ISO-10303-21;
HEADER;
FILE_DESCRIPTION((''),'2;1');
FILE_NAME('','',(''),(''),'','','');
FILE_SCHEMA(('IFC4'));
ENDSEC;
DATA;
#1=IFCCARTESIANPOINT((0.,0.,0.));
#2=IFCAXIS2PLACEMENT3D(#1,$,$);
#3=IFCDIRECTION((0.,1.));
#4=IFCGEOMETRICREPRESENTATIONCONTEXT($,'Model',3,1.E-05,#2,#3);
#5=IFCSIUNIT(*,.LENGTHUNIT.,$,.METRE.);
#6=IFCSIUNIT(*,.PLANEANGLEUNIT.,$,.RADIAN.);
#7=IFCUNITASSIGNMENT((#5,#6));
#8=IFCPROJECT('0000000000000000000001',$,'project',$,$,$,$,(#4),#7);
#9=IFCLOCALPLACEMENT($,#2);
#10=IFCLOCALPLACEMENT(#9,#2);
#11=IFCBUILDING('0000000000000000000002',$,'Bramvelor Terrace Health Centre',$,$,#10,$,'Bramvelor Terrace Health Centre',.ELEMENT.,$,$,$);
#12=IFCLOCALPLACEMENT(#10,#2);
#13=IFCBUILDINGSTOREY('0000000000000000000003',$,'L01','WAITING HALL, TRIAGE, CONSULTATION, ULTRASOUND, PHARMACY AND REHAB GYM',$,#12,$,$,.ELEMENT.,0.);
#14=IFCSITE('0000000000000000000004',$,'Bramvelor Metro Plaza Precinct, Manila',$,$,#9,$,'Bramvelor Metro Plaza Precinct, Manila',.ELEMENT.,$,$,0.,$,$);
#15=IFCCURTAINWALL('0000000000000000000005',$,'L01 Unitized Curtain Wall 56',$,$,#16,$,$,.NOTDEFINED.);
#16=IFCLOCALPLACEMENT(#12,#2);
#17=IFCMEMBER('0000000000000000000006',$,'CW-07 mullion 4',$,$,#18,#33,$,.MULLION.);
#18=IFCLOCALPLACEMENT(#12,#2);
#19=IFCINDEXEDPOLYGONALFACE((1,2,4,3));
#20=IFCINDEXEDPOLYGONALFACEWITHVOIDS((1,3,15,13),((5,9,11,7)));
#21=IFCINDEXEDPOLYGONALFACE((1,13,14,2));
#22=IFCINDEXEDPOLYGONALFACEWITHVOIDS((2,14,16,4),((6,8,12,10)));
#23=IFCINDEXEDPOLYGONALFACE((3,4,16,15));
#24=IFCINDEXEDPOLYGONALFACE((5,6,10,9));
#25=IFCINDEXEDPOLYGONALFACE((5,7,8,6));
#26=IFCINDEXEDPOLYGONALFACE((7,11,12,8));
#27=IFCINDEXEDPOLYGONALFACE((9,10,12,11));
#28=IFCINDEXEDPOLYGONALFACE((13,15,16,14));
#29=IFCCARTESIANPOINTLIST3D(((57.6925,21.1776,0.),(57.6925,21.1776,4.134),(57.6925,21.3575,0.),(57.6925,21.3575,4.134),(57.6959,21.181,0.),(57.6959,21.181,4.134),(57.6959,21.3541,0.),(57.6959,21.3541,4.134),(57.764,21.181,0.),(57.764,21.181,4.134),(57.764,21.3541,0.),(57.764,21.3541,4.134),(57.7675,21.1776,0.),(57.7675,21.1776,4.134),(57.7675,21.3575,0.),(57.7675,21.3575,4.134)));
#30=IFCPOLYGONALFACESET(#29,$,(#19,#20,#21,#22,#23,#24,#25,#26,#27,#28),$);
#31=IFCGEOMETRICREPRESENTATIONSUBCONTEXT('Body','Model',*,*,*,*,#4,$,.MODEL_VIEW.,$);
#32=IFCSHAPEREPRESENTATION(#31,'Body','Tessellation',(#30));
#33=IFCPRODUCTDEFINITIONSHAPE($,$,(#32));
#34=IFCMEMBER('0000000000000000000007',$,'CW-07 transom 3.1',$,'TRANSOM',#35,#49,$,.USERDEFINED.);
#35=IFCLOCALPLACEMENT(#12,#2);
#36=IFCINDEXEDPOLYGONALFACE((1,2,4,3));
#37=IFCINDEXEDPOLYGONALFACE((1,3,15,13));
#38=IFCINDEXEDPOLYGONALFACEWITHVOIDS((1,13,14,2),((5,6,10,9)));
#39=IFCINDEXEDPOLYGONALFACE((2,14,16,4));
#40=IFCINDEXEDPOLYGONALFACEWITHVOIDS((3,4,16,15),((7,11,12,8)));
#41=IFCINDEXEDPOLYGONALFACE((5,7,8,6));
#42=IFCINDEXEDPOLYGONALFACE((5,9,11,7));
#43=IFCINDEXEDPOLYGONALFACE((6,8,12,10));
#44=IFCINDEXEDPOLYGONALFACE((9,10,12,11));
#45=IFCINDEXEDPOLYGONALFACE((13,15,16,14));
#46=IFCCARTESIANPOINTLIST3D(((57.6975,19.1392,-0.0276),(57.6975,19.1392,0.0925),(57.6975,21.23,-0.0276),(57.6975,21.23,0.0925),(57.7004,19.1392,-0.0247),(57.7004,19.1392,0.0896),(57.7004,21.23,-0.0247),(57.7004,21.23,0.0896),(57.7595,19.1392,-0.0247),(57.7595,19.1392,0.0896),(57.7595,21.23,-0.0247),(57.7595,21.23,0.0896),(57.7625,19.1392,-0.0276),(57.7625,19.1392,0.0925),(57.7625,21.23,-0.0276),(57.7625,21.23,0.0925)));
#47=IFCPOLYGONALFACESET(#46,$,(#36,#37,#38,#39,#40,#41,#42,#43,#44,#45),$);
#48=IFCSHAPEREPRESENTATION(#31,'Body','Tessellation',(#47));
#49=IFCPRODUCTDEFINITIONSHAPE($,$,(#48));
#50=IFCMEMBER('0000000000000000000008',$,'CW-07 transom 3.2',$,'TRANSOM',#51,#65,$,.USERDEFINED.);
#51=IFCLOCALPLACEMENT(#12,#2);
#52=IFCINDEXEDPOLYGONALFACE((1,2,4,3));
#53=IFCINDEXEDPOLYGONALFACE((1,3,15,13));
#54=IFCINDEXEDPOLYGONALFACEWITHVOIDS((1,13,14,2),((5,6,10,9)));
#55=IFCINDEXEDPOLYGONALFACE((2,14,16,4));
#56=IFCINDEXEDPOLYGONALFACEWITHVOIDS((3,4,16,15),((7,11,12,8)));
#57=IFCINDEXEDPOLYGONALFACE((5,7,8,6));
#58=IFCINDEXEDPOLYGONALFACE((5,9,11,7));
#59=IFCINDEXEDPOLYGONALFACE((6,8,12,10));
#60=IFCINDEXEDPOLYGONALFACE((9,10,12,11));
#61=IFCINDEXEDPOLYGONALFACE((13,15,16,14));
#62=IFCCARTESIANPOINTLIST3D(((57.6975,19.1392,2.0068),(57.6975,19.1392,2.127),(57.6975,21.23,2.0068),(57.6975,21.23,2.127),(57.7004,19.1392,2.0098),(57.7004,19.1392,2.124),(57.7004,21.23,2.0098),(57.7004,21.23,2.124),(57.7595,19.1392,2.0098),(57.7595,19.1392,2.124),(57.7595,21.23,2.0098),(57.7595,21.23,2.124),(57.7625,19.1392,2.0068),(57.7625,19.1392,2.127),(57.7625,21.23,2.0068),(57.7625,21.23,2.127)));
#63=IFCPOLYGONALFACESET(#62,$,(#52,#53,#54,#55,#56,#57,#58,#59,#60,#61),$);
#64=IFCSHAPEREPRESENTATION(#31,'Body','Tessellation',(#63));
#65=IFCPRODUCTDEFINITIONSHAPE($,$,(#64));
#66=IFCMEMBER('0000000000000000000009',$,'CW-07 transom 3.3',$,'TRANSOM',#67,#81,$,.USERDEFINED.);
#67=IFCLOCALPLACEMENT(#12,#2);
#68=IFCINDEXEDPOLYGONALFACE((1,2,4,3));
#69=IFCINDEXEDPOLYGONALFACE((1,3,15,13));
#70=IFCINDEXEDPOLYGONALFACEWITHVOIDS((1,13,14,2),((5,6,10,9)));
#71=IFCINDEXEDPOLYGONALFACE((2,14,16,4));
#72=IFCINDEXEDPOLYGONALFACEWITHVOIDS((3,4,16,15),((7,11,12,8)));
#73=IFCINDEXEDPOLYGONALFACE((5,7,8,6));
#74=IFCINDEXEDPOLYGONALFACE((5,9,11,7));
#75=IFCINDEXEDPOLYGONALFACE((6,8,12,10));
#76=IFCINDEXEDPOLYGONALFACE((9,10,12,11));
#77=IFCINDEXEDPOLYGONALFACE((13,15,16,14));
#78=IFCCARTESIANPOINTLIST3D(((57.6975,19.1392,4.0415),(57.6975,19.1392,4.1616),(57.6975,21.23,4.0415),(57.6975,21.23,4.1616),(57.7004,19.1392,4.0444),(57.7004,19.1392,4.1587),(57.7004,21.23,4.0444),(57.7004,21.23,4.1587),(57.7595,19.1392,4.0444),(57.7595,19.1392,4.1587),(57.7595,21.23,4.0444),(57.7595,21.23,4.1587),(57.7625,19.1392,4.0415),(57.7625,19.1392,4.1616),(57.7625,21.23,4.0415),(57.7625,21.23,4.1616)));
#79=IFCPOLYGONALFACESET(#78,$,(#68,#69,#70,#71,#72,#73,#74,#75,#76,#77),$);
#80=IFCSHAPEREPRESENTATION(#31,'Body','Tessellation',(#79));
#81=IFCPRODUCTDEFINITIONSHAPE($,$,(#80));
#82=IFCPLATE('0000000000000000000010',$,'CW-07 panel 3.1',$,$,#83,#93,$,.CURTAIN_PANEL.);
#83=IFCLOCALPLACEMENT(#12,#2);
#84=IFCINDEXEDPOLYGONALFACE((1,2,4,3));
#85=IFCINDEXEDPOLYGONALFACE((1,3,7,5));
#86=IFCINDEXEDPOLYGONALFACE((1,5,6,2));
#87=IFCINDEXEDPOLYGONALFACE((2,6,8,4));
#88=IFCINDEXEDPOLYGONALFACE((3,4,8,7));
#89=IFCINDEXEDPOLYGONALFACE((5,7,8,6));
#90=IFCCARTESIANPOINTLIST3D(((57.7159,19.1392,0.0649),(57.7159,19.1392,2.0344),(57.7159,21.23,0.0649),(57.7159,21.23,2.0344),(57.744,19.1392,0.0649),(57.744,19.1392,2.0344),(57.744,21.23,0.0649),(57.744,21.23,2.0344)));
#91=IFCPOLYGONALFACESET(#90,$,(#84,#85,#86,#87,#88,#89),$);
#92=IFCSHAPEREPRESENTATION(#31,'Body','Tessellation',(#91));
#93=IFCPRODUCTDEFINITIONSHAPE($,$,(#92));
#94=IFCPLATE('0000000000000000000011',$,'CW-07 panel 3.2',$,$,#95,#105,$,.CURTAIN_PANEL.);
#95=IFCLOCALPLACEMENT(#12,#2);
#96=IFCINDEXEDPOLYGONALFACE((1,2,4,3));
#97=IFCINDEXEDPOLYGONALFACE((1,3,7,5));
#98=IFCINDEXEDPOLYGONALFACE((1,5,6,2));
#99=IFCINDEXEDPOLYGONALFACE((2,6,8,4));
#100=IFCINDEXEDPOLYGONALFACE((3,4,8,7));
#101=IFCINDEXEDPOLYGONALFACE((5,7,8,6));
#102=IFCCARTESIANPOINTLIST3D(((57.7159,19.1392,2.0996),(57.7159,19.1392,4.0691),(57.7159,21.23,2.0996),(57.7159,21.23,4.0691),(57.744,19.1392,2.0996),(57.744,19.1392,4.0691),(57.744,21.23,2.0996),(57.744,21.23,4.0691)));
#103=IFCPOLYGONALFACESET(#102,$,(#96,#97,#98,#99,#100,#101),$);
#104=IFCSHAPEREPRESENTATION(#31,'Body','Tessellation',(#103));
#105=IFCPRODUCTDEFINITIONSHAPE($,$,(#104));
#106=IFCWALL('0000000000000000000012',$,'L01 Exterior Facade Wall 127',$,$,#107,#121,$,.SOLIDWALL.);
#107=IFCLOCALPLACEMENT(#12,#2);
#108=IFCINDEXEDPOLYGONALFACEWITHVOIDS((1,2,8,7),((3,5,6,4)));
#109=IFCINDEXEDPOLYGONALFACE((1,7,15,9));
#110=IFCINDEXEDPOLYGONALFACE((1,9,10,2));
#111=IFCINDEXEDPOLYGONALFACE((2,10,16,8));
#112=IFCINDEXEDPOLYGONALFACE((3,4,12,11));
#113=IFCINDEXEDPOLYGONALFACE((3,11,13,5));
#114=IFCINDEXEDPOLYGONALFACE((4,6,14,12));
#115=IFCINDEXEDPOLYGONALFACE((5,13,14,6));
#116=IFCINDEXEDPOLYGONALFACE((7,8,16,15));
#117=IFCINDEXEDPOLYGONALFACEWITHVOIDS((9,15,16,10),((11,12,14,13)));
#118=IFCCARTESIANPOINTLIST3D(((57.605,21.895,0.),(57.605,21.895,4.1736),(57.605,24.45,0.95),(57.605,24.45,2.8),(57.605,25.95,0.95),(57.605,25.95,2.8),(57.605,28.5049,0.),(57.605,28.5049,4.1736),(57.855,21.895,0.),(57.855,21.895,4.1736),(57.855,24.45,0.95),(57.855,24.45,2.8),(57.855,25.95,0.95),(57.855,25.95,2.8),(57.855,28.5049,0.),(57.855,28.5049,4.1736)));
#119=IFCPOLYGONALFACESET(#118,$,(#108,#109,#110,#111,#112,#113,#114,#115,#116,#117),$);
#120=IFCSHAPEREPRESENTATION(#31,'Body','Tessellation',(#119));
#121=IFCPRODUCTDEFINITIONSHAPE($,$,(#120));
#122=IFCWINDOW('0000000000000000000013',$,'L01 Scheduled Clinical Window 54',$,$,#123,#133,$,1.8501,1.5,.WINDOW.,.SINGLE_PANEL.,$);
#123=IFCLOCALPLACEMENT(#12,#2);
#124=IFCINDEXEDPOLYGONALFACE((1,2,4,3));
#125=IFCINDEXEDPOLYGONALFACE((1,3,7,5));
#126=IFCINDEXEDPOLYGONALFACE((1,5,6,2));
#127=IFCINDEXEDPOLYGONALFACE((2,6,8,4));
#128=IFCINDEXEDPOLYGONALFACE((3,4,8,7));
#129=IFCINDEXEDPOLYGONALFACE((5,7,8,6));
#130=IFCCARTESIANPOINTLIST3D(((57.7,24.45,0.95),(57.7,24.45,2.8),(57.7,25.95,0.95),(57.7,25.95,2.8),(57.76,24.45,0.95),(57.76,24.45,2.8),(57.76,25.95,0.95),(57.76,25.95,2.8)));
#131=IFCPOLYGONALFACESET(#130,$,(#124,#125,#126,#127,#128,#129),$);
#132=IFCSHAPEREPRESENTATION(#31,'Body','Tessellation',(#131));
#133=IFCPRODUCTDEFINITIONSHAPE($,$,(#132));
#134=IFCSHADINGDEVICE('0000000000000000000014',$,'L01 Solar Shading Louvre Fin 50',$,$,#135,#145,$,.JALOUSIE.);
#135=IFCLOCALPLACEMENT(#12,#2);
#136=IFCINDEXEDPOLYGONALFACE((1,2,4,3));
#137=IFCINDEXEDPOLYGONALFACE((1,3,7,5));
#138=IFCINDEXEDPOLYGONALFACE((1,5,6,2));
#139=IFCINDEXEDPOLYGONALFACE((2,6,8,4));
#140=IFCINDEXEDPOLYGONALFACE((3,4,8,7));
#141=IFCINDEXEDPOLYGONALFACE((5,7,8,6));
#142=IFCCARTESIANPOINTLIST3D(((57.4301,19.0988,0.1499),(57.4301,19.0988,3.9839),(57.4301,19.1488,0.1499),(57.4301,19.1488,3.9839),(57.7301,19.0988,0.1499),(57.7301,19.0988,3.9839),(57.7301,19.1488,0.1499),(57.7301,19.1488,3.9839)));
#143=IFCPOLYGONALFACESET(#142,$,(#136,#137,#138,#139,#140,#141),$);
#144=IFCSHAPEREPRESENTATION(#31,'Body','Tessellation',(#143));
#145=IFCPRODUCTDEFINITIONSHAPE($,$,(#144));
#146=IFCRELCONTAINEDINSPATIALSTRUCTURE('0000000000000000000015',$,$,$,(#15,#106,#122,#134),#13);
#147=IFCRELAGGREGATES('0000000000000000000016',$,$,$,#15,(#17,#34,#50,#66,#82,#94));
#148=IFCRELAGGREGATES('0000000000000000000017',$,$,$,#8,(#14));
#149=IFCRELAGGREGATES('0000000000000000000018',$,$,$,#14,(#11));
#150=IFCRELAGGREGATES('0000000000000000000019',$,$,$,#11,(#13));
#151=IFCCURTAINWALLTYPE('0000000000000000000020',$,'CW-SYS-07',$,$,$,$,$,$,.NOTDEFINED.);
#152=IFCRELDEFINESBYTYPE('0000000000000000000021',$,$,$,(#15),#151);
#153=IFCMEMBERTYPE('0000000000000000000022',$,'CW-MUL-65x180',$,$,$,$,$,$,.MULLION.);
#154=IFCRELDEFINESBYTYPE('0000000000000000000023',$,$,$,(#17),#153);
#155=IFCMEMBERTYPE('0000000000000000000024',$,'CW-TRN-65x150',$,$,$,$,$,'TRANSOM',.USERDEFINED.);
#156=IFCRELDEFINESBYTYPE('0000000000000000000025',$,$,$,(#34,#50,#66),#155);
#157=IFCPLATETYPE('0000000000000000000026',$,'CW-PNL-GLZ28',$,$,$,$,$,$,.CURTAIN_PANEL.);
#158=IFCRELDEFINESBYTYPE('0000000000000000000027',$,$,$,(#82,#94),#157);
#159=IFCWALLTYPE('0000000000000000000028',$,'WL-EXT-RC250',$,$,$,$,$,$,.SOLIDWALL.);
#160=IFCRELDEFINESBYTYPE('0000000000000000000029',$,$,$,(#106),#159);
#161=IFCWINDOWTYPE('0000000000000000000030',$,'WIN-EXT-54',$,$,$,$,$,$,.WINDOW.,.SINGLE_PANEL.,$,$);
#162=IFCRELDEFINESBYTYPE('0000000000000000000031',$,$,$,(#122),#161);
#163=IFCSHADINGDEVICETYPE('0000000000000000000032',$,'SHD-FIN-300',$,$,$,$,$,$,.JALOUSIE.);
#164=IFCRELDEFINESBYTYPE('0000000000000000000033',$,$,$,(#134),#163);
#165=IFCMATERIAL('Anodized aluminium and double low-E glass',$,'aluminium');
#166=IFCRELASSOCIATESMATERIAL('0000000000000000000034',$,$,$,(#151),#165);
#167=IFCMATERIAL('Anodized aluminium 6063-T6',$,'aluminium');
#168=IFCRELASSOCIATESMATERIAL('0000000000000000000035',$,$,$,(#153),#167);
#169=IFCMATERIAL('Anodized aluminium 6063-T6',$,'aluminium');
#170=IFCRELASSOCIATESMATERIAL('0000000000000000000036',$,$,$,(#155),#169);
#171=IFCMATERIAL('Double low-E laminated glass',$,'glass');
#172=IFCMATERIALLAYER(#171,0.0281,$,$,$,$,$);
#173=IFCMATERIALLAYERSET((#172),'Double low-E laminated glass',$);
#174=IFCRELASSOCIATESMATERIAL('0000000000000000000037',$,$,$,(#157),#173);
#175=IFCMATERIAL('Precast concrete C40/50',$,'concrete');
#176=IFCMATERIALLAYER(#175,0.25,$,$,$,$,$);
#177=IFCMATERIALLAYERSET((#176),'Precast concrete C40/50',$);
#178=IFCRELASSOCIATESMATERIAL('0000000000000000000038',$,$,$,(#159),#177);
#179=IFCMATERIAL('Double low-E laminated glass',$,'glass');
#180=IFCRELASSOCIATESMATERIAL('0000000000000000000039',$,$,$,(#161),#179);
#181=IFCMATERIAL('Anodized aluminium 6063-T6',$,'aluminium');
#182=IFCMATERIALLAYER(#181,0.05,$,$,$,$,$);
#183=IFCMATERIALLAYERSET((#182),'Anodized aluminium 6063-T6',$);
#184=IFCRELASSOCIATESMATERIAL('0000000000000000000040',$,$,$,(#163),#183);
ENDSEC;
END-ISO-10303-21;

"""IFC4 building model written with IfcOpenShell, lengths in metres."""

from ifc_helpers import new_model, si_unit, direction, frame, frame_2d, origin, origin_2d, place, context, subcontext, project, spatial, rectangle, hollow_rectangle, extrude, material, layer, layer_set, material_profile, profile_set, type_object, element, fill, aggregate, save


model = new_model("IFC4")

# Units and contexts
model_context = context("Model", 3, precision=1e-05, world=origin(), true_north=direction((0.0, 1.0)))
body_context = subcontext(model_context, "Body", "Model", "MODEL_VIEW")
ifc_project = project(units=[si_unit("LENGTHUNIT", "METRE"), si_unit("PLANEANGLEUNIT", "RADIAN")], contexts=[model_context])

# Site, building, storey
site_placement = place(None, origin())
site = spatial("IfcSite", under=ifc_project, at=site_placement, Name="Bramvelor Metro Plaza Precinct, Manila", LongName="Bramvelor Metro Plaza Precinct, Manila", CompositionType="ELEMENT", RefElevation=0.0)
building_placement = place(site_placement, origin())
building = spatial("IfcBuilding", under=site, at=building_placement, Name="Bramvelor Terrace Health Centre", LongName="Bramvelor Terrace Health Centre", CompositionType="ELEMENT")
storey_placement = place(building_placement, origin())
storey = spatial("IfcBuildingStorey", under=building, at=storey_placement, Name="L01", Description="WAITING HALL, TRIAGE, CONSULTATION, ULTRASOUND, PHARMACY AND REHAB GYM", CompositionType="ELEMENT", Elevation=0.0)

# Curtain wall, members, plates
ifc_material_1 = material(Name="Anodized aluminium and double low-E glass", Category="aluminium")
curtain_wall_type = type_object("IfcCurtainWallType", Name="CW-SYS-07", PredefinedType="NOTDEFINED", material=ifc_material_1)
curtain_wall_placement = place(storey_placement, origin())
curtain_wall = element("IfcCurtainWall", 1, at=curtain_wall_placement, inside=storey, type_object=curtain_wall_type, Name="L01 Unitized Curtain Wall 56", PredefinedType="NOTDEFINED")
ifc_material_2 = material(Name="Anodized aluminium 6063-T6", Category="aluminium")
ifc_material_profile_1 = material_profile(ifc_material_2, hollow_rectangle(XDim=0.075, YDim=0.1799, WallThickness=0.0034, at=origin_2d()), Name="ALU-MUL 75x180x3.5")
ifc_profile_set_1 = profile_set([ifc_material_profile_1], Name="Anodized aluminium 6063-T6")
member_type_1 = type_object("IfcMemberType", Name="CW-MUL-65x180", PredefinedType="MULLION", material=ifc_profile_set_1)
member_1_placement = place(storey_placement, frame((57.73, 21.2676, 0.0), z_axis=(0.0, 0.0, 1.0), x_axis=(-1.0, 0.0, 0.0)))
member_1 = element("IfcMember", 2, at=member_1_placement, type_object=member_type_1, Name="CW-07 mullion 4", PredefinedType="MULLION", context=body_context, shape_type="SweptSolid", body=[
    extrude(hollow_rectangle(XDim=0.075, YDim=0.1799, WallThickness=0.0034, at=origin_2d()), origin(), (0.0, 0.0, 1.0), 4.134),
])
ifc_material_3 = material(Name="Anodized aluminium 6063-T6", Category="aluminium")
ifc_material_profile_2 = material_profile(ifc_material_3, hollow_rectangle(XDim=0.0649, YDim=0.1201, WallThickness=0.0029, at=origin_2d()), Name="ALU-TRN 65x120x3.0")
ifc_profile_set_2 = profile_set([ifc_material_profile_2], Name="Anodized aluminium 6063-T6")
member_type_2 = type_object("IfcMemberType", Name="CW-TRN-65x150", ElementType="TRANSOM", PredefinedType="USERDEFINED", material=ifc_profile_set_2)
member_2_placement = place(storey_placement, frame((57.73, 19.1392, 0.0325), z_axis=(0.0, 1.0, 0.0), x_axis=(-1.0, 0.0, 0.0)))
member_2 = element("IfcMember", 3, at=member_2_placement, type_object=member_type_2, Name="CW-07 transom 3.1", ObjectType="TRANSOM", PredefinedType="USERDEFINED", context=body_context, shape_type="SweptSolid", body=[
    extrude(hollow_rectangle(XDim=0.0649, YDim=0.1201, WallThickness=0.0029, at=origin_2d()), origin(), (0.0, 0.0, 1.0), 2.0908),
])
member_3_placement = place(storey_placement, frame((57.73, 19.1392, 2.0669), z_axis=(0.0, 1.0, 0.0), x_axis=(-1.0, 0.0, 0.0)))
member_3 = element("IfcMember", 4, at=member_3_placement, type_object=member_type_2, Name="CW-07 transom 3.2", ObjectType="TRANSOM", PredefinedType="USERDEFINED", context=body_context, shape_type="SweptSolid", body=[
    extrude(hollow_rectangle(XDim=0.0649, YDim=0.1201, WallThickness=0.0029, at=origin_2d()), origin(), (0.0, 0.0, 1.0), 2.0908),
])
member_4_placement = place(storey_placement, frame((57.73, 19.1392, 4.1016), z_axis=(0.0, 1.0, 0.0), x_axis=(-1.0, 0.0, 0.0)))
member_4 = element("IfcMember", 5, at=member_4_placement, type_object=member_type_2, Name="CW-07 transom 3.3", ObjectType="TRANSOM", PredefinedType="USERDEFINED", context=body_context, shape_type="SweptSolid", body=[
    extrude(hollow_rectangle(XDim=0.0649, YDim=0.1201, WallThickness=0.0029, at=origin_2d()), origin(), (0.0, 0.0, 1.0), 2.0908),
])
ifc_material_4 = material(Name="Double low-E laminated glass", Category="glass")
ifc_layer_1 = layer(ifc_material_4, 0.0281)
ifc_layer_set_1 = layer_set([ifc_layer_1], Name="Double low-E laminated glass")
plate_type = type_object("IfcPlateType", Name="CW-PNL-GLZ28", PredefinedType="CURTAIN_PANEL", material=ifc_layer_set_1)
plate_1_placement = place(storey_placement, frame((57.73, 20.1846, 0.0649), z_axis=(0.0, 0.0, 1.0), x_axis=(0.0, 1.0, 0.0)))
plate_1 = element("IfcPlate", 6, at=plate_1_placement, type_object=plate_type, Name="CW-07 panel 3.1", PredefinedType="CURTAIN_PANEL", context=body_context, shape_type="SweptSolid", body=[
    extrude(rectangle(XDim=2.0908, YDim=0.0281, at=origin_2d()), origin(), (0.0, 0.0, 1.0), 1.9695),
])
plate_2_placement = place(storey_placement, frame((57.73, 20.1846, 2.0996), z_axis=(0.0, 0.0, 1.0), x_axis=(0.0, 1.0, 0.0)))
plate_2 = element("IfcPlate", 7, at=plate_2_placement, type_object=plate_type, Name="CW-07 panel 3.2", PredefinedType="CURTAIN_PANEL", context=body_context, shape_type="SweptSolid", body=[
    extrude(rectangle(XDim=2.0908, YDim=0.0281, at=origin_2d()), origin(), (0.0, 0.0, 1.0), 1.9695),
])
aggregate(curtain_wall, [member_1, member_2, member_3, member_4, plate_1, plate_2])

# Wall, opening, window
ifc_material_5 = material(Name="Precast concrete C40/50", Category="concrete")
ifc_layer_2 = layer(ifc_material_5, 0.25)
ifc_layer_set_2 = layer_set([ifc_layer_2], Name="Precast concrete C40/50")
wall_type = type_object("IfcWallType", Name="WL-EXT-RC250", PredefinedType="SOLIDWALL", material=ifc_layer_set_2)
wall_placement = place(storey_placement, frame((57.73, 21.895, 0.0), z_axis=(0.0, 0.0, 1.0), x_axis=(0.0, 1.0, 0.0)))
wall = element("IfcWall", 8, at=wall_placement, inside=storey, type_object=wall_type, Name="L01 Exterior Facade Wall 127", PredefinedType="SOLIDWALL", context=body_context, shape_type="SweptSolid", body=[
    extrude(rectangle(XDim=6.6099, YDim=0.25, at=frame_2d((3.3049, 0.0))), origin(), (0.0, 0.0, 1.0), 4.1736),
])
opening_placement = place(wall_placement, frame((2.5549, 0.0, 0.95)))
opening = element("IfcOpeningElement", 9, at=opening_placement, cuts=wall, PredefinedType="OPENING", context=body_context, shape_type="SweptSolid", body=[
    extrude(rectangle(XDim=1.5, YDim=1.8501, at=frame_2d((0.75, 0.925))), frame((0.0, 0.135, 0.0), z_axis=(0.0, -1.0, 0.0), x_axis=(1.0, 0.0, 0.0)), (0.0, 0.0, 1.0), 0.27),
])
ifc_material_6 = material(Name="Double low-E laminated glass", Category="glass")
window_type = type_object("IfcWindowType", Name="WIN-EXT-54", PartitioningType="SINGLE_PANEL", PredefinedType="WINDOW", material=ifc_material_6)
window_placement = place(opening_placement, origin())
window = element("IfcWindow", 10, at=window_placement, inside=storey, type_object=window_type, Name="L01 Scheduled Clinical Window 54", OverallHeight=1.8501, OverallWidth=1.5, PartitioningType="SINGLE_PANEL", PredefinedType="WINDOW", context=body_context, shape_type="SweptSolid", body=[
    extrude(rectangle(XDim=1.5, YDim=1.8501, at=frame_2d((0.75, 0.925))), frame((0.0, 0.03, 0.0), z_axis=(0.0, -1.0, 0.0), x_axis=(1.0, 0.0, 0.0)), (0.0, 0.0, 1.0), 0.0601),
])
fill(opening, window)

# Shading device
ifc_material_7 = material(Name="Anodized aluminium 6063-T6", Category="aluminium")
ifc_layer_3 = layer(ifc_material_7, 0.05)
ifc_layer_set_3 = layer_set([ifc_layer_3], Name="Anodized aluminium 6063-T6")
shading_device_type = type_object("IfcShadingDeviceType", Name="SHD-FIN-300", PredefinedType="JALOUSIE", material=ifc_layer_set_3)
shading_device_placement = place(storey_placement, frame((57.5801, 19.1238, 0.1499), z_axis=(0.0, 0.0, 1.0), x_axis=(1.0, 0.0, 0.0)))
element("IfcShadingDevice", 11, at=shading_device_placement, inside=storey, type_object=shading_device_type, Name="L01 Solar Shading Louvre Fin 50", PredefinedType="JALOUSIE", context=body_context, shape_type="SweptSolid", body=[
    extrude(rectangle(XDim=0.3, YDim=0.05, at=origin_2d()), origin(), (0.0, 0.0, 1.0), 3.834),
])

save(model, "model.ifc")
